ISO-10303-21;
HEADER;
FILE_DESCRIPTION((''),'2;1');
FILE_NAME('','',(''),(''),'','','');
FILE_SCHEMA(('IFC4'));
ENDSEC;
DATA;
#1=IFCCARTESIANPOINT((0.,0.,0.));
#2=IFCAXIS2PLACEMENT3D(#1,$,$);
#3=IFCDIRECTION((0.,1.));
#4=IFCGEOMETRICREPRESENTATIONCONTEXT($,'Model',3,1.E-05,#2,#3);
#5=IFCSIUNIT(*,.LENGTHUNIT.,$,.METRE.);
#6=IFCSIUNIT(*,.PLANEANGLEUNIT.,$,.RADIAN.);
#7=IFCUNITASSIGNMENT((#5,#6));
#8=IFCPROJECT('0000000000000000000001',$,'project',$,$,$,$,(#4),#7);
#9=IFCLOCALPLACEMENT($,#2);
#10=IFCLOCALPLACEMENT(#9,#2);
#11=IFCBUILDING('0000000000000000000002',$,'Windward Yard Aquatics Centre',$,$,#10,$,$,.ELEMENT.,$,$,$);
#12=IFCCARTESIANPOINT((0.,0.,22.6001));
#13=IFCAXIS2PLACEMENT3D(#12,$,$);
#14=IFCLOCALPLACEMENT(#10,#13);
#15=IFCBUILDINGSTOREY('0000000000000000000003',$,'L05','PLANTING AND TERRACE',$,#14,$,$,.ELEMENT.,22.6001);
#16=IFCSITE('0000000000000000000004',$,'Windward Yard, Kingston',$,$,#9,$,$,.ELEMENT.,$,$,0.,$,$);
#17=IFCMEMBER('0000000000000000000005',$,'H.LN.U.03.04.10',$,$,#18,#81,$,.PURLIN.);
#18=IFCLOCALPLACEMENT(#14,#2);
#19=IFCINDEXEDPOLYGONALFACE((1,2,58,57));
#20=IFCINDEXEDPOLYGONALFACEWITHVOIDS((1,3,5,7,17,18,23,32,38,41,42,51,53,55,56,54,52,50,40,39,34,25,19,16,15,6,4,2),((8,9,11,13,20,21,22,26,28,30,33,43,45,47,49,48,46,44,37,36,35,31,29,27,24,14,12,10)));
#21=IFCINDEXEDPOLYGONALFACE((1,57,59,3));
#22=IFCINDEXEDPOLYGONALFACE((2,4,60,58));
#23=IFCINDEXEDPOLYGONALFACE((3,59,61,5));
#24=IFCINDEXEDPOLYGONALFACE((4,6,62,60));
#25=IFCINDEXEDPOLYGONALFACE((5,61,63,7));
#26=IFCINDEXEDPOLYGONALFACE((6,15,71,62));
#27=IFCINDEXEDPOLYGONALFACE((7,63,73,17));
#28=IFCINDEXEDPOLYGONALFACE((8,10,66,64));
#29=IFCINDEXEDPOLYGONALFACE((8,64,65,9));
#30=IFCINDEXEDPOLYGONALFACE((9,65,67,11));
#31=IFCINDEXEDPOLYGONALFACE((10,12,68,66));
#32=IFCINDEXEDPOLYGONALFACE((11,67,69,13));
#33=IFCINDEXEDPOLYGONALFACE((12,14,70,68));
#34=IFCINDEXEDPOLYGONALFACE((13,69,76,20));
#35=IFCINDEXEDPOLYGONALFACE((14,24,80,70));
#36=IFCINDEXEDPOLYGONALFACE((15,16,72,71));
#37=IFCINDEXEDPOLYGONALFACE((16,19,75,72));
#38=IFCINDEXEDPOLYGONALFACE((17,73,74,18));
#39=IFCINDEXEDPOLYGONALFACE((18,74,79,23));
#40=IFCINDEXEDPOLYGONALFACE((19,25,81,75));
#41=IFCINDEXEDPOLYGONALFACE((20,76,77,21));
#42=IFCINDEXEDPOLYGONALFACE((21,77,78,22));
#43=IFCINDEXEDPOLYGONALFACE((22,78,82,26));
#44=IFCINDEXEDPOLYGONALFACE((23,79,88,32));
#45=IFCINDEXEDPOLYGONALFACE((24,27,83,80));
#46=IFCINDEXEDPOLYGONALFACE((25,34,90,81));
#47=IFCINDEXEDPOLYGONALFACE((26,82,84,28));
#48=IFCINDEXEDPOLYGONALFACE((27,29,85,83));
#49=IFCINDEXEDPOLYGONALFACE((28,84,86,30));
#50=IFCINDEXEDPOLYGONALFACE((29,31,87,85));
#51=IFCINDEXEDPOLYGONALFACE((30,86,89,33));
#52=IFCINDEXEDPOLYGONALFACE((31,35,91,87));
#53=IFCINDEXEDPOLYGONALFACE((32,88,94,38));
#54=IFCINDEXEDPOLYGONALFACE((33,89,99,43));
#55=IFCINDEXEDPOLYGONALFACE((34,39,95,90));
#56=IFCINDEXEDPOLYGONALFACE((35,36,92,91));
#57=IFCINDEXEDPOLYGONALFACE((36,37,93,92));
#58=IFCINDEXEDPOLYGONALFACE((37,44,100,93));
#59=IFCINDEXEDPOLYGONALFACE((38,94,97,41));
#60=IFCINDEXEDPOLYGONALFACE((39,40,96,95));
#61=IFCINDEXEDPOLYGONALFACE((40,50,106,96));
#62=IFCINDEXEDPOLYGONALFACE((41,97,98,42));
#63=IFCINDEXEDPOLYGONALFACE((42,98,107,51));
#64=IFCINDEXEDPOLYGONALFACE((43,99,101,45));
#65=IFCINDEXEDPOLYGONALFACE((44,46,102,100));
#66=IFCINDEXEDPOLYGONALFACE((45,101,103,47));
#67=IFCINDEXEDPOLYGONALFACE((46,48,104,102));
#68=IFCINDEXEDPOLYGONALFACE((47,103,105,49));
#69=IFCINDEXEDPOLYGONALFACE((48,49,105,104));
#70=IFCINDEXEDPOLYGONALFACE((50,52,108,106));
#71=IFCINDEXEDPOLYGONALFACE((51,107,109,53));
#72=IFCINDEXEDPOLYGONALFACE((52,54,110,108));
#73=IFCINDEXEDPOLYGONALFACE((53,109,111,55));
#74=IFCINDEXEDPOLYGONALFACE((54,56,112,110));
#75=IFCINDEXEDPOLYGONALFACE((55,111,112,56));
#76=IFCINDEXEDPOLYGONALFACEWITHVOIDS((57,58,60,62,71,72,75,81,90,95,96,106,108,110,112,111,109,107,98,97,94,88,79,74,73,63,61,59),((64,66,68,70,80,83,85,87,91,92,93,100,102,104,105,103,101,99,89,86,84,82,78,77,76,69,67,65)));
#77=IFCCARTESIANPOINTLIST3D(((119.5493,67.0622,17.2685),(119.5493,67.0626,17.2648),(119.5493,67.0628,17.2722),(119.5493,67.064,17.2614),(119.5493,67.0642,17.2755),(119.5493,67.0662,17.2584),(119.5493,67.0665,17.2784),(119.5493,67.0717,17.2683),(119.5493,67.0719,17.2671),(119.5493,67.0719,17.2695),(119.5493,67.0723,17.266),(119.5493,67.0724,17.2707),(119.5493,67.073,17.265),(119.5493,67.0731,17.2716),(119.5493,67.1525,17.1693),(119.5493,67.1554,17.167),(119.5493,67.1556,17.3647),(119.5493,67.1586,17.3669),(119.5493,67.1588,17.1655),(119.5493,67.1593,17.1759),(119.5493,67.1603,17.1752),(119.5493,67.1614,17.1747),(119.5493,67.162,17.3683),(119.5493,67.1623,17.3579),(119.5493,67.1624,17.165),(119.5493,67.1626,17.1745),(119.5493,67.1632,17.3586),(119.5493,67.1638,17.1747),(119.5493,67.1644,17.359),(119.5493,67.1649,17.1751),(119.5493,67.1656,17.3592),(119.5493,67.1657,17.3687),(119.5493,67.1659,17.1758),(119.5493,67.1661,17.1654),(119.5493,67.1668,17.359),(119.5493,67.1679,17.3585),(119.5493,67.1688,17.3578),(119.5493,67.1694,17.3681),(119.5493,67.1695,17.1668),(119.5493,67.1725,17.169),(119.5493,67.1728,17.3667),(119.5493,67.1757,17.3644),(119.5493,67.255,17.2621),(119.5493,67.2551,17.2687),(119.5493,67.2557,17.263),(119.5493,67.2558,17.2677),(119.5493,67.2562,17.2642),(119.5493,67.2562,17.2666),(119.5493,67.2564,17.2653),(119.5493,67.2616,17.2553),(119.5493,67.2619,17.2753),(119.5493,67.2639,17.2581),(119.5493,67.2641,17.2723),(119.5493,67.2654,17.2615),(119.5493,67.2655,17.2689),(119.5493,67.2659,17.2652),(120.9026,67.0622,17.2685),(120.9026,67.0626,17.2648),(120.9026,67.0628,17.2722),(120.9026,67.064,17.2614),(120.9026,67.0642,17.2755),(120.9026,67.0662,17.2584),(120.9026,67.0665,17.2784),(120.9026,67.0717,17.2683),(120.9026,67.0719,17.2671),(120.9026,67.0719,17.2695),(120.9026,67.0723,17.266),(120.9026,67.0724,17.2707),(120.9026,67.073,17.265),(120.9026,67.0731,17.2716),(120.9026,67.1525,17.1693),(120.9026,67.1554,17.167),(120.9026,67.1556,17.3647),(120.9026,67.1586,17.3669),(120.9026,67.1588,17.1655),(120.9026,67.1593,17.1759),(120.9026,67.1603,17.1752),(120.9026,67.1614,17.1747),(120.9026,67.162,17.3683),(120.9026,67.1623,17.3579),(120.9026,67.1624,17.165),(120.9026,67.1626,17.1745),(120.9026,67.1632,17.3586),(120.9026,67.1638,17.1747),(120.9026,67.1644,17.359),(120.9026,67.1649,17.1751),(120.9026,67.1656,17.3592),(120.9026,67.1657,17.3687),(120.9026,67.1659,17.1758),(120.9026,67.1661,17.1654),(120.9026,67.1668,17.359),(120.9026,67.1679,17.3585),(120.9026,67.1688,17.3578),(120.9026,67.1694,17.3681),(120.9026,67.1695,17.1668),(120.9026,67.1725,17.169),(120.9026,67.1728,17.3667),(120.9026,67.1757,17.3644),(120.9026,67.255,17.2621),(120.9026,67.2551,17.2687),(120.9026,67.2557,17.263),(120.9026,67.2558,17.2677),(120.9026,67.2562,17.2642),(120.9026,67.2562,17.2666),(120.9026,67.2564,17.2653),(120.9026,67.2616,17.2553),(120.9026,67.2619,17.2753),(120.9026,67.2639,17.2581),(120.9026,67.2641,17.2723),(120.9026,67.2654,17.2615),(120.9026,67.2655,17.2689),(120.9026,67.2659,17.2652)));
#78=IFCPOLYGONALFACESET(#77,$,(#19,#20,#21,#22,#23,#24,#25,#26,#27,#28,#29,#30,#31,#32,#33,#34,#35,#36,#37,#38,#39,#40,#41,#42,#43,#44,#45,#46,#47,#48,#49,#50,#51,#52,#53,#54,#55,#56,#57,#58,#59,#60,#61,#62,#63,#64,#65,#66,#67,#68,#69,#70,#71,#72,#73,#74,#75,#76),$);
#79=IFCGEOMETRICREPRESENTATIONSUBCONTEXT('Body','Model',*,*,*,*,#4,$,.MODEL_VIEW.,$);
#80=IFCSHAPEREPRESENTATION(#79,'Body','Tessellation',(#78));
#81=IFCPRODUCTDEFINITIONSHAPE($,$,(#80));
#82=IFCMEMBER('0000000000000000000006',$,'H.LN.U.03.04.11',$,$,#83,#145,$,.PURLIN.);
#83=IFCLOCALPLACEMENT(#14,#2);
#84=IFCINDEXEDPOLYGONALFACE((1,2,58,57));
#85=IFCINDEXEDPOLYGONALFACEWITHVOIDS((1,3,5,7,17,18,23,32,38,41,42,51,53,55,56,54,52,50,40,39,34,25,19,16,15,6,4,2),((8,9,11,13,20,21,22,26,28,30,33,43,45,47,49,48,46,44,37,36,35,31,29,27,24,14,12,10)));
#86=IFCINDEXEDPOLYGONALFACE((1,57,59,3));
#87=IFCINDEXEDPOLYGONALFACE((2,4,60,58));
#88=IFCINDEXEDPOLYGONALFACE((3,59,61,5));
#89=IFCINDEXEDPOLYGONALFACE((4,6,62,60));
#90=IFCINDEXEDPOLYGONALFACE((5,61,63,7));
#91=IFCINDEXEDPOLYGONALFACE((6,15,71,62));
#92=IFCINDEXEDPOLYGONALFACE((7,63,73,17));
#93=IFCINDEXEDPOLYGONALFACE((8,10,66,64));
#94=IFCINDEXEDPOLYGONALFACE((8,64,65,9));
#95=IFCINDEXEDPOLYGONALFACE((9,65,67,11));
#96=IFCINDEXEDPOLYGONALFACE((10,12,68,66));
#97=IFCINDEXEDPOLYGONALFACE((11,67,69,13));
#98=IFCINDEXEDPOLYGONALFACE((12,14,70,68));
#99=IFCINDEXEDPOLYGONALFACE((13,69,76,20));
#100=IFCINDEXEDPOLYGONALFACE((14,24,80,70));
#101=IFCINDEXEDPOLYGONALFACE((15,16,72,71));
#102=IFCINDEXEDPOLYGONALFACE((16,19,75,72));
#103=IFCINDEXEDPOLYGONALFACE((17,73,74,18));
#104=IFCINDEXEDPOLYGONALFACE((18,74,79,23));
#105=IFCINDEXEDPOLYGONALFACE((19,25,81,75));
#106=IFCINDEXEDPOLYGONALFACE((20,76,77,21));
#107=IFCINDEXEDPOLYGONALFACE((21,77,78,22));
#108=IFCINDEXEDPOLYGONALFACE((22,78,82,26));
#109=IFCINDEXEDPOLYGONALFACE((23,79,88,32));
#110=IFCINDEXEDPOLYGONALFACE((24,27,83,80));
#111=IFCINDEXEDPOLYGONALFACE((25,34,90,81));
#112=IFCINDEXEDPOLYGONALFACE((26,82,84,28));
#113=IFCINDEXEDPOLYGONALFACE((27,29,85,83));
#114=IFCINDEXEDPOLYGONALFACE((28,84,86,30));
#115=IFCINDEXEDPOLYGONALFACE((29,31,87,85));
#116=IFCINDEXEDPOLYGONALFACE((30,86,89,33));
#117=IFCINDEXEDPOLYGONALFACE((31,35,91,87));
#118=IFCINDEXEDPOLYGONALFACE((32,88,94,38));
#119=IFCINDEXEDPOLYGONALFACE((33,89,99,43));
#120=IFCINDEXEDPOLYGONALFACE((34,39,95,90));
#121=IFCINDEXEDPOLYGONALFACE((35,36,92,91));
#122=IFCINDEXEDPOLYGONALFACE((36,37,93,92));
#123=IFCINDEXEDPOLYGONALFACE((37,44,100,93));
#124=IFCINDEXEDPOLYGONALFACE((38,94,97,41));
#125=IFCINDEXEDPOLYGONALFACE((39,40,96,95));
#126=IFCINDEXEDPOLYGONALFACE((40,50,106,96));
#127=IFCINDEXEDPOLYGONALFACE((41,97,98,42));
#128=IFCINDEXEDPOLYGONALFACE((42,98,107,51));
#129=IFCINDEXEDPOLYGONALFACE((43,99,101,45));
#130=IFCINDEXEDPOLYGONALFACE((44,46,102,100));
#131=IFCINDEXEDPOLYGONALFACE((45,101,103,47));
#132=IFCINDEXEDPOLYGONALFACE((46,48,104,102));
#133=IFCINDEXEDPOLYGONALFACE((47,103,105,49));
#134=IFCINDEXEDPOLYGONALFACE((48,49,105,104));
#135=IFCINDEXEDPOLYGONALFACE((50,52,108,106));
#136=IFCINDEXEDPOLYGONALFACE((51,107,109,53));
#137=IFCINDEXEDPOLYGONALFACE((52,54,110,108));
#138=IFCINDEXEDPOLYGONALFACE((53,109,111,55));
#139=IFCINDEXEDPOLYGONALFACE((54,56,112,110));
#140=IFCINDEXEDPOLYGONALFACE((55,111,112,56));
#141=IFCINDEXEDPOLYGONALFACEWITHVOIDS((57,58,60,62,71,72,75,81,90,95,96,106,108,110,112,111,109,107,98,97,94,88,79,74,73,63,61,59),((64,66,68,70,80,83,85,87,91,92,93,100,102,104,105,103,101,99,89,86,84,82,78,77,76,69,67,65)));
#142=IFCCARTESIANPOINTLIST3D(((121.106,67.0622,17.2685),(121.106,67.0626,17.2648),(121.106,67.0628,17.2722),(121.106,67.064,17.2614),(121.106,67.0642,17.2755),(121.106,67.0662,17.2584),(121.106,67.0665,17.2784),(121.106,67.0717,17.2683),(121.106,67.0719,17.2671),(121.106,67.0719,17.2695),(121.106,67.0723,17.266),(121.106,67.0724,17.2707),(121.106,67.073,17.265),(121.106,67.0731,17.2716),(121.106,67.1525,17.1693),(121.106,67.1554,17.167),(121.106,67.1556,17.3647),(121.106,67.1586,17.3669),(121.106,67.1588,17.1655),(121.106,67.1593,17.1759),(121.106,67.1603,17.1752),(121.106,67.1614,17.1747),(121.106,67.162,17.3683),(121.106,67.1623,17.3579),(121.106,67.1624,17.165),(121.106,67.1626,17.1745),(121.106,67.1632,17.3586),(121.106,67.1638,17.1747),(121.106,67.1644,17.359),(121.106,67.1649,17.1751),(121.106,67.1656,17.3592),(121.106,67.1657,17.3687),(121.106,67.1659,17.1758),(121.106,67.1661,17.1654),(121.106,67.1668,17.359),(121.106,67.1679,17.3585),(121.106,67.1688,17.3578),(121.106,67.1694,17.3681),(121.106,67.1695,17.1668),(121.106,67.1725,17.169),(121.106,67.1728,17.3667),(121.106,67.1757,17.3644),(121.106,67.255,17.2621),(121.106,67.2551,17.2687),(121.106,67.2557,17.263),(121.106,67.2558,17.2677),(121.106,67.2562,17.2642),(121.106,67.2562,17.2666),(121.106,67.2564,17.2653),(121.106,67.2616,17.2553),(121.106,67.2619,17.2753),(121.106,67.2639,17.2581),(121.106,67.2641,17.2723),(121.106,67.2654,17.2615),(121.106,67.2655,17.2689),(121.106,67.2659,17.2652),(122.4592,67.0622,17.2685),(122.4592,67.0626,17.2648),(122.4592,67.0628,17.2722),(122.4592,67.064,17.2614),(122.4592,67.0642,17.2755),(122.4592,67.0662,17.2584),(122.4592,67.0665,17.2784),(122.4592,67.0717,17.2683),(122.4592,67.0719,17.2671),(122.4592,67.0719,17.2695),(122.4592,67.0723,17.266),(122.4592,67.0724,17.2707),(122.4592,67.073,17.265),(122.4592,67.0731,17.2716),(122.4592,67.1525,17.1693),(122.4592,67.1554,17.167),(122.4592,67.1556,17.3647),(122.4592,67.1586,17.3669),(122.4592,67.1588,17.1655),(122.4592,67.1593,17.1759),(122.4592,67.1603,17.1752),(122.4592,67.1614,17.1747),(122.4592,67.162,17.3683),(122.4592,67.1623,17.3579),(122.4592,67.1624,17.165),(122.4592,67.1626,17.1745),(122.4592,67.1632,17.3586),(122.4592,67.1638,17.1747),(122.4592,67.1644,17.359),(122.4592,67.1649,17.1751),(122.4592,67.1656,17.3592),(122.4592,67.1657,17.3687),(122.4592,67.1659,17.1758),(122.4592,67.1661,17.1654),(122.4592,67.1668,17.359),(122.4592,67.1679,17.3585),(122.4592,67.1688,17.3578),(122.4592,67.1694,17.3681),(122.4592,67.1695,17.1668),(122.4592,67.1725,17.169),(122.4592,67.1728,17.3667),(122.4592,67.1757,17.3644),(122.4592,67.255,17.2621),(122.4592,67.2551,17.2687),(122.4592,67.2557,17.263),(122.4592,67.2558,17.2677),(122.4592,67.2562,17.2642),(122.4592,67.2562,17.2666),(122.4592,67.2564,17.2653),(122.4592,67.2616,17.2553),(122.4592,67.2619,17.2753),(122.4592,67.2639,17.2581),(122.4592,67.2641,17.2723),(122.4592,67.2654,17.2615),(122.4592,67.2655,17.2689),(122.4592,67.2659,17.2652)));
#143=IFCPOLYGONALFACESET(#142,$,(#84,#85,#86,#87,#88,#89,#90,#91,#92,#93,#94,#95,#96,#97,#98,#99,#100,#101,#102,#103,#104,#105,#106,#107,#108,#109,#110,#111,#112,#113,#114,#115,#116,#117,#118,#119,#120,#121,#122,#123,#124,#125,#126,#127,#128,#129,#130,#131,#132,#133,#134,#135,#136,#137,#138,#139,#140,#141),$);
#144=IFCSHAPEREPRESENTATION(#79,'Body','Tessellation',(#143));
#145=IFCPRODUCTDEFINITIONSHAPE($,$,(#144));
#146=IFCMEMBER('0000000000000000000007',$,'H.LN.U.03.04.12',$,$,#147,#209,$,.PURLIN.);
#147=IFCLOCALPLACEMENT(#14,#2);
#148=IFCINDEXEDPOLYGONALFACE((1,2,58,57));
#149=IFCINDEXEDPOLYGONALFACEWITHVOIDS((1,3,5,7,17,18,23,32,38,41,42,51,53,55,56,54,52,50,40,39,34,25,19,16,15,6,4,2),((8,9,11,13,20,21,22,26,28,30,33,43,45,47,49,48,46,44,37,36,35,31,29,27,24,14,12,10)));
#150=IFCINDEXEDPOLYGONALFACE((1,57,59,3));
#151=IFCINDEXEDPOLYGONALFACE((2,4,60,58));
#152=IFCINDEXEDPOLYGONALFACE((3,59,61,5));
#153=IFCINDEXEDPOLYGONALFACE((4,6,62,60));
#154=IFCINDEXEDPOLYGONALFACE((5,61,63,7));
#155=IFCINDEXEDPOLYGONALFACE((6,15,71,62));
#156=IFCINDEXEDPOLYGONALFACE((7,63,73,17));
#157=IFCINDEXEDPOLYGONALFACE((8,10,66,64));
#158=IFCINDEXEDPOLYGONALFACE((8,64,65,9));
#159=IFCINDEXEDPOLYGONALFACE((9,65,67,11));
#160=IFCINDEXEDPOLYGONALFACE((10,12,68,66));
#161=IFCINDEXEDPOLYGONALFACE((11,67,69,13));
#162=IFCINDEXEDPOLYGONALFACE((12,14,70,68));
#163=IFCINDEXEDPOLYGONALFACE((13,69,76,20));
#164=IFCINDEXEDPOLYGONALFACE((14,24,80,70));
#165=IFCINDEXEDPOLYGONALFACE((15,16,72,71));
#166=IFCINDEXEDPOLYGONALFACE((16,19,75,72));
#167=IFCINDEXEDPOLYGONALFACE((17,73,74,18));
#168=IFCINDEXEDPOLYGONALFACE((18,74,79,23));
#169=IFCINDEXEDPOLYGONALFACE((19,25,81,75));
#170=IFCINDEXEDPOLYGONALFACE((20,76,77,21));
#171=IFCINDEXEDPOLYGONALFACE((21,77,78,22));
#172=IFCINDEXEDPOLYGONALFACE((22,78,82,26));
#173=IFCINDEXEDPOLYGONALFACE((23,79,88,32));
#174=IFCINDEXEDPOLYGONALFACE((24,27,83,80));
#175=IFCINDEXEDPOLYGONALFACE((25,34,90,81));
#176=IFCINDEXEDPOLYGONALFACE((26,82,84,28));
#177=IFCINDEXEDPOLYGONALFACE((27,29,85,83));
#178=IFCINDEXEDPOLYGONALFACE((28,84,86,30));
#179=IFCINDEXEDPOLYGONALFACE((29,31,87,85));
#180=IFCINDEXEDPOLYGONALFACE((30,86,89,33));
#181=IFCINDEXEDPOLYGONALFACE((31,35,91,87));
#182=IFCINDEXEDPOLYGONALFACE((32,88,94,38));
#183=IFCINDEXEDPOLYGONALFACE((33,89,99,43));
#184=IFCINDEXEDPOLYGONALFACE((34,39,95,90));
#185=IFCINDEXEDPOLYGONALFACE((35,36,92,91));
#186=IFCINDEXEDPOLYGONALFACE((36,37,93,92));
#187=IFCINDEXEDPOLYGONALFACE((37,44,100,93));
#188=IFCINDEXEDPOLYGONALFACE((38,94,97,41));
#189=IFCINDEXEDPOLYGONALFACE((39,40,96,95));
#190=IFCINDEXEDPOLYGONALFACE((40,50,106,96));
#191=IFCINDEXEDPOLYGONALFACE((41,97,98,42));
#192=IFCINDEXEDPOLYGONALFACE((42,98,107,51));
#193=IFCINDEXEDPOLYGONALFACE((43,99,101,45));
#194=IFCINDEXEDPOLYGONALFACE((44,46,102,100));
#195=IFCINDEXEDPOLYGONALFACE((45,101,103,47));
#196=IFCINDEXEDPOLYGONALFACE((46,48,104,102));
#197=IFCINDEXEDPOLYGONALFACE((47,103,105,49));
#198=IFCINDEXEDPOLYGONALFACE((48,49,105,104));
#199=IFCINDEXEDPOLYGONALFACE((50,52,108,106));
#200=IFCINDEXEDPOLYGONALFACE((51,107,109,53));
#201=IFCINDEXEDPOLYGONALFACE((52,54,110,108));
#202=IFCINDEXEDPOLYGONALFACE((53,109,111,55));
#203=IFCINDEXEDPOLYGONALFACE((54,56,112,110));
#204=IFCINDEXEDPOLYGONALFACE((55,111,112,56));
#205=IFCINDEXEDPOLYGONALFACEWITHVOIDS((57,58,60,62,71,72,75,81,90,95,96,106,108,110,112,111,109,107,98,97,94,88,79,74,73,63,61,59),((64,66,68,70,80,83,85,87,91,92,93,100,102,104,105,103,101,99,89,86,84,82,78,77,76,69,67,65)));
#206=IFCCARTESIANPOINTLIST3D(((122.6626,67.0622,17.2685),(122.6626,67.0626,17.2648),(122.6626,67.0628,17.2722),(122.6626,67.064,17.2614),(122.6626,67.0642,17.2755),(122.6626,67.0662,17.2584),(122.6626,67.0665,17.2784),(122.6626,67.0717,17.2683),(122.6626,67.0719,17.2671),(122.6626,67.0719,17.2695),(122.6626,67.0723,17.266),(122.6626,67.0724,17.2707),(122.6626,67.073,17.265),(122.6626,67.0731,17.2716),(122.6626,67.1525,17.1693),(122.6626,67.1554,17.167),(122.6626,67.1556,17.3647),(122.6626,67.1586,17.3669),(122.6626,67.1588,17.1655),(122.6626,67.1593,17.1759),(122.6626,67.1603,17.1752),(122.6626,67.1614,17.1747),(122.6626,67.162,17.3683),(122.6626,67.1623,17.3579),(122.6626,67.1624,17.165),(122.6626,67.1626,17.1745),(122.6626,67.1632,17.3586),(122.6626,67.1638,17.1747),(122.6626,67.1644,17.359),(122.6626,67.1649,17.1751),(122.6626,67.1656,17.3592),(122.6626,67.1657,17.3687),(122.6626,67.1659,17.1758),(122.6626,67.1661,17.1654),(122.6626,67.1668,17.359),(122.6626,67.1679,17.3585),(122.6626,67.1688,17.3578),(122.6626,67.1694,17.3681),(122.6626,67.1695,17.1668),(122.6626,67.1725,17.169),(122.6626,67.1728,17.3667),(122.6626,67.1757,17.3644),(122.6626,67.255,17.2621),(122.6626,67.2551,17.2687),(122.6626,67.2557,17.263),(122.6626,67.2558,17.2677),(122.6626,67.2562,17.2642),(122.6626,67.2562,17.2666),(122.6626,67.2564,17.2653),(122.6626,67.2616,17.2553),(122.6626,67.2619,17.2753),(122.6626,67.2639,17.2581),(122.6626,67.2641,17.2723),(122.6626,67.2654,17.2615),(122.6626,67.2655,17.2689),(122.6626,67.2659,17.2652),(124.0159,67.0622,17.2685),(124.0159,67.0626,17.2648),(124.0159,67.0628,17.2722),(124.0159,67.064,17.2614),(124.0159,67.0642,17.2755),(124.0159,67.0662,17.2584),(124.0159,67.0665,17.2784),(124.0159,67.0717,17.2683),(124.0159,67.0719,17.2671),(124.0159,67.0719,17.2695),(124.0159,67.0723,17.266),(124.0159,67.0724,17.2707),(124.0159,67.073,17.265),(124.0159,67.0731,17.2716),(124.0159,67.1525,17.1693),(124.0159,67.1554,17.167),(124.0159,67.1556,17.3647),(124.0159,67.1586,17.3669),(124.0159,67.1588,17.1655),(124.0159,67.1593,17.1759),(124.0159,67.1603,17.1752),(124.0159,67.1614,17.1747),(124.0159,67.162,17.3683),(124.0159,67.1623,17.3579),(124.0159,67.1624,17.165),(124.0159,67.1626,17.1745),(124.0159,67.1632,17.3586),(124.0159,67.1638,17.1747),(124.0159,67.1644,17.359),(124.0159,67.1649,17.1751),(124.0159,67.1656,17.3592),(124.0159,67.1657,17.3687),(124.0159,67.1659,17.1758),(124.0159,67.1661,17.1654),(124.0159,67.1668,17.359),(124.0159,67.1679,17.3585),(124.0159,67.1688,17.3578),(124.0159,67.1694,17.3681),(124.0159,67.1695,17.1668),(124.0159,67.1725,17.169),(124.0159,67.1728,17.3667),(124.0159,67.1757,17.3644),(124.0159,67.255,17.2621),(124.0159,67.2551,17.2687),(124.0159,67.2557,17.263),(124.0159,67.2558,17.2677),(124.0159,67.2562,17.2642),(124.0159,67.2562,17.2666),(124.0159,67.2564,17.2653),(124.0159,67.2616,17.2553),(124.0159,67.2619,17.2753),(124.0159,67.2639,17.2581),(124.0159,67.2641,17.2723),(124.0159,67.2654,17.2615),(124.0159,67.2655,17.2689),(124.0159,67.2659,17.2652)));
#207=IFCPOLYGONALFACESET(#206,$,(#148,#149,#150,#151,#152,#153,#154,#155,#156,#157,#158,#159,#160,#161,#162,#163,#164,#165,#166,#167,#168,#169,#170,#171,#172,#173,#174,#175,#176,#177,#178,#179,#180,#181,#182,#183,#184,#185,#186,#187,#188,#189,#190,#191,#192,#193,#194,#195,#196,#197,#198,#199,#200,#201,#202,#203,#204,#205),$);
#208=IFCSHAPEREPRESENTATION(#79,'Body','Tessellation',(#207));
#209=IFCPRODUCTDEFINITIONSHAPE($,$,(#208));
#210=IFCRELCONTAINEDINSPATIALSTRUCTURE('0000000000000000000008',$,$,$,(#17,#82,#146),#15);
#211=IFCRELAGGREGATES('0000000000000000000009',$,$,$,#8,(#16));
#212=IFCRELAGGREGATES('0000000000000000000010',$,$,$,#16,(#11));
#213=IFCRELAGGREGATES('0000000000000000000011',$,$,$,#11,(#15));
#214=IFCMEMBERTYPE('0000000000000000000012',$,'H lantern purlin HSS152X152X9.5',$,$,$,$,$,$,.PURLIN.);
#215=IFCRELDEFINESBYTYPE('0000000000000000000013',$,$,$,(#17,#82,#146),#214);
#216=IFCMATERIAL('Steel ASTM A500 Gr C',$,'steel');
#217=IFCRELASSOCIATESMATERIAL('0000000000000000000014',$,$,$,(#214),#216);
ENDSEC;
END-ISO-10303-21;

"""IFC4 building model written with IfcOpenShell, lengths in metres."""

from ifc_helpers import new_model, si_unit, direction, frame, origin, origin_2d, place, context, subcontext, project, spatial, hollow_rectangle, extrude, material, material_profile, profile_set, type_object, element, save


model = new_model("IFC4")

# Units and contexts
model_context = context("Model", 3, precision=1e-05, world=origin(), true_north=direction((0.0, 1.0)))
body_context = subcontext(model_context, "Body", "Model", "MODEL_VIEW")
ifc_project = project(units=[si_unit("LENGTHUNIT", "METRE"), si_unit("PLANEANGLEUNIT", "RADIAN")], contexts=[model_context])

# Site, building, storey
site_placement = place(None, origin())
site = spatial("IfcSite", under=ifc_project, at=site_placement, Name="Windward Yard, Kingston", CompositionType="ELEMENT", RefElevation=0.0)
building_placement = place(site_placement, origin())
building = spatial("IfcBuilding", under=site, at=building_placement, Name="Windward Yard Aquatics Centre", CompositionType="ELEMENT")
storey_placement = place(building_placement, frame((0.0, 0.0, 22.6001)))
storey = spatial("IfcBuildingStorey", under=building, at=storey_placement, Name="L05", Description="PLANTING AND TERRACE", CompositionType="ELEMENT", Elevation=22.6001)

# Members
ifc_material_1 = material(Name="Steel ASTM A500 Gr C", Category="steel")
ifc_material_profile = material_profile(ifc_material_1, hollow_rectangle(XDim=0.1523, YDim=0.1523, WallThickness=0.0095, InnerFilletRadius=0.0046, OuterFilletRadius=0.0142, at=origin_2d()), Name="HSS152X152X9.5")
ifc_profile_set = profile_set([ifc_material_profile], Name="Steel ASTM A500 Gr C")
member_type = type_object("IfcMemberType", Name="H lantern purlin HSS152X152X9.5", PredefinedType="PURLIN", material=ifc_profile_set)
for number, where, z_axis, x_axis, name in (
    (1, (119.5493, 67.1641, 17.2668), (1.0, 0.0, 0.0), (0.0, 0.69555, -0.718477), "H.LN.U.03.04.10"),
    (2, (121.106, 67.1641, 17.2668), (1.0, 0.0, 0.0), (0.0, 0.69555, -0.718477), "H.LN.U.03.04.11"),
    (3, (122.6626, 67.1641, 17.2668), (1.0, 0.0, 0.0), (0.0, 0.69555, -0.718477), "H.LN.U.03.04.12"),
):
    element("IfcMember", number, at=place(storey_placement, frame(where, z_axis=z_axis, x_axis=x_axis)), inside=storey, type_object=member_type, Name=name, PredefinedType="PURLIN", context=body_context, shape_type="SweptSolid", body=[
        extrude(hollow_rectangle(XDim=0.1523, YDim=0.1523, WallThickness=0.0095, InnerFilletRadius=0.0046, OuterFilletRadius=0.0142, at=origin_2d()), origin(), (0.0, 0.0, 1.0), 1.3533),
    ])

save(model, "model.ifc")
